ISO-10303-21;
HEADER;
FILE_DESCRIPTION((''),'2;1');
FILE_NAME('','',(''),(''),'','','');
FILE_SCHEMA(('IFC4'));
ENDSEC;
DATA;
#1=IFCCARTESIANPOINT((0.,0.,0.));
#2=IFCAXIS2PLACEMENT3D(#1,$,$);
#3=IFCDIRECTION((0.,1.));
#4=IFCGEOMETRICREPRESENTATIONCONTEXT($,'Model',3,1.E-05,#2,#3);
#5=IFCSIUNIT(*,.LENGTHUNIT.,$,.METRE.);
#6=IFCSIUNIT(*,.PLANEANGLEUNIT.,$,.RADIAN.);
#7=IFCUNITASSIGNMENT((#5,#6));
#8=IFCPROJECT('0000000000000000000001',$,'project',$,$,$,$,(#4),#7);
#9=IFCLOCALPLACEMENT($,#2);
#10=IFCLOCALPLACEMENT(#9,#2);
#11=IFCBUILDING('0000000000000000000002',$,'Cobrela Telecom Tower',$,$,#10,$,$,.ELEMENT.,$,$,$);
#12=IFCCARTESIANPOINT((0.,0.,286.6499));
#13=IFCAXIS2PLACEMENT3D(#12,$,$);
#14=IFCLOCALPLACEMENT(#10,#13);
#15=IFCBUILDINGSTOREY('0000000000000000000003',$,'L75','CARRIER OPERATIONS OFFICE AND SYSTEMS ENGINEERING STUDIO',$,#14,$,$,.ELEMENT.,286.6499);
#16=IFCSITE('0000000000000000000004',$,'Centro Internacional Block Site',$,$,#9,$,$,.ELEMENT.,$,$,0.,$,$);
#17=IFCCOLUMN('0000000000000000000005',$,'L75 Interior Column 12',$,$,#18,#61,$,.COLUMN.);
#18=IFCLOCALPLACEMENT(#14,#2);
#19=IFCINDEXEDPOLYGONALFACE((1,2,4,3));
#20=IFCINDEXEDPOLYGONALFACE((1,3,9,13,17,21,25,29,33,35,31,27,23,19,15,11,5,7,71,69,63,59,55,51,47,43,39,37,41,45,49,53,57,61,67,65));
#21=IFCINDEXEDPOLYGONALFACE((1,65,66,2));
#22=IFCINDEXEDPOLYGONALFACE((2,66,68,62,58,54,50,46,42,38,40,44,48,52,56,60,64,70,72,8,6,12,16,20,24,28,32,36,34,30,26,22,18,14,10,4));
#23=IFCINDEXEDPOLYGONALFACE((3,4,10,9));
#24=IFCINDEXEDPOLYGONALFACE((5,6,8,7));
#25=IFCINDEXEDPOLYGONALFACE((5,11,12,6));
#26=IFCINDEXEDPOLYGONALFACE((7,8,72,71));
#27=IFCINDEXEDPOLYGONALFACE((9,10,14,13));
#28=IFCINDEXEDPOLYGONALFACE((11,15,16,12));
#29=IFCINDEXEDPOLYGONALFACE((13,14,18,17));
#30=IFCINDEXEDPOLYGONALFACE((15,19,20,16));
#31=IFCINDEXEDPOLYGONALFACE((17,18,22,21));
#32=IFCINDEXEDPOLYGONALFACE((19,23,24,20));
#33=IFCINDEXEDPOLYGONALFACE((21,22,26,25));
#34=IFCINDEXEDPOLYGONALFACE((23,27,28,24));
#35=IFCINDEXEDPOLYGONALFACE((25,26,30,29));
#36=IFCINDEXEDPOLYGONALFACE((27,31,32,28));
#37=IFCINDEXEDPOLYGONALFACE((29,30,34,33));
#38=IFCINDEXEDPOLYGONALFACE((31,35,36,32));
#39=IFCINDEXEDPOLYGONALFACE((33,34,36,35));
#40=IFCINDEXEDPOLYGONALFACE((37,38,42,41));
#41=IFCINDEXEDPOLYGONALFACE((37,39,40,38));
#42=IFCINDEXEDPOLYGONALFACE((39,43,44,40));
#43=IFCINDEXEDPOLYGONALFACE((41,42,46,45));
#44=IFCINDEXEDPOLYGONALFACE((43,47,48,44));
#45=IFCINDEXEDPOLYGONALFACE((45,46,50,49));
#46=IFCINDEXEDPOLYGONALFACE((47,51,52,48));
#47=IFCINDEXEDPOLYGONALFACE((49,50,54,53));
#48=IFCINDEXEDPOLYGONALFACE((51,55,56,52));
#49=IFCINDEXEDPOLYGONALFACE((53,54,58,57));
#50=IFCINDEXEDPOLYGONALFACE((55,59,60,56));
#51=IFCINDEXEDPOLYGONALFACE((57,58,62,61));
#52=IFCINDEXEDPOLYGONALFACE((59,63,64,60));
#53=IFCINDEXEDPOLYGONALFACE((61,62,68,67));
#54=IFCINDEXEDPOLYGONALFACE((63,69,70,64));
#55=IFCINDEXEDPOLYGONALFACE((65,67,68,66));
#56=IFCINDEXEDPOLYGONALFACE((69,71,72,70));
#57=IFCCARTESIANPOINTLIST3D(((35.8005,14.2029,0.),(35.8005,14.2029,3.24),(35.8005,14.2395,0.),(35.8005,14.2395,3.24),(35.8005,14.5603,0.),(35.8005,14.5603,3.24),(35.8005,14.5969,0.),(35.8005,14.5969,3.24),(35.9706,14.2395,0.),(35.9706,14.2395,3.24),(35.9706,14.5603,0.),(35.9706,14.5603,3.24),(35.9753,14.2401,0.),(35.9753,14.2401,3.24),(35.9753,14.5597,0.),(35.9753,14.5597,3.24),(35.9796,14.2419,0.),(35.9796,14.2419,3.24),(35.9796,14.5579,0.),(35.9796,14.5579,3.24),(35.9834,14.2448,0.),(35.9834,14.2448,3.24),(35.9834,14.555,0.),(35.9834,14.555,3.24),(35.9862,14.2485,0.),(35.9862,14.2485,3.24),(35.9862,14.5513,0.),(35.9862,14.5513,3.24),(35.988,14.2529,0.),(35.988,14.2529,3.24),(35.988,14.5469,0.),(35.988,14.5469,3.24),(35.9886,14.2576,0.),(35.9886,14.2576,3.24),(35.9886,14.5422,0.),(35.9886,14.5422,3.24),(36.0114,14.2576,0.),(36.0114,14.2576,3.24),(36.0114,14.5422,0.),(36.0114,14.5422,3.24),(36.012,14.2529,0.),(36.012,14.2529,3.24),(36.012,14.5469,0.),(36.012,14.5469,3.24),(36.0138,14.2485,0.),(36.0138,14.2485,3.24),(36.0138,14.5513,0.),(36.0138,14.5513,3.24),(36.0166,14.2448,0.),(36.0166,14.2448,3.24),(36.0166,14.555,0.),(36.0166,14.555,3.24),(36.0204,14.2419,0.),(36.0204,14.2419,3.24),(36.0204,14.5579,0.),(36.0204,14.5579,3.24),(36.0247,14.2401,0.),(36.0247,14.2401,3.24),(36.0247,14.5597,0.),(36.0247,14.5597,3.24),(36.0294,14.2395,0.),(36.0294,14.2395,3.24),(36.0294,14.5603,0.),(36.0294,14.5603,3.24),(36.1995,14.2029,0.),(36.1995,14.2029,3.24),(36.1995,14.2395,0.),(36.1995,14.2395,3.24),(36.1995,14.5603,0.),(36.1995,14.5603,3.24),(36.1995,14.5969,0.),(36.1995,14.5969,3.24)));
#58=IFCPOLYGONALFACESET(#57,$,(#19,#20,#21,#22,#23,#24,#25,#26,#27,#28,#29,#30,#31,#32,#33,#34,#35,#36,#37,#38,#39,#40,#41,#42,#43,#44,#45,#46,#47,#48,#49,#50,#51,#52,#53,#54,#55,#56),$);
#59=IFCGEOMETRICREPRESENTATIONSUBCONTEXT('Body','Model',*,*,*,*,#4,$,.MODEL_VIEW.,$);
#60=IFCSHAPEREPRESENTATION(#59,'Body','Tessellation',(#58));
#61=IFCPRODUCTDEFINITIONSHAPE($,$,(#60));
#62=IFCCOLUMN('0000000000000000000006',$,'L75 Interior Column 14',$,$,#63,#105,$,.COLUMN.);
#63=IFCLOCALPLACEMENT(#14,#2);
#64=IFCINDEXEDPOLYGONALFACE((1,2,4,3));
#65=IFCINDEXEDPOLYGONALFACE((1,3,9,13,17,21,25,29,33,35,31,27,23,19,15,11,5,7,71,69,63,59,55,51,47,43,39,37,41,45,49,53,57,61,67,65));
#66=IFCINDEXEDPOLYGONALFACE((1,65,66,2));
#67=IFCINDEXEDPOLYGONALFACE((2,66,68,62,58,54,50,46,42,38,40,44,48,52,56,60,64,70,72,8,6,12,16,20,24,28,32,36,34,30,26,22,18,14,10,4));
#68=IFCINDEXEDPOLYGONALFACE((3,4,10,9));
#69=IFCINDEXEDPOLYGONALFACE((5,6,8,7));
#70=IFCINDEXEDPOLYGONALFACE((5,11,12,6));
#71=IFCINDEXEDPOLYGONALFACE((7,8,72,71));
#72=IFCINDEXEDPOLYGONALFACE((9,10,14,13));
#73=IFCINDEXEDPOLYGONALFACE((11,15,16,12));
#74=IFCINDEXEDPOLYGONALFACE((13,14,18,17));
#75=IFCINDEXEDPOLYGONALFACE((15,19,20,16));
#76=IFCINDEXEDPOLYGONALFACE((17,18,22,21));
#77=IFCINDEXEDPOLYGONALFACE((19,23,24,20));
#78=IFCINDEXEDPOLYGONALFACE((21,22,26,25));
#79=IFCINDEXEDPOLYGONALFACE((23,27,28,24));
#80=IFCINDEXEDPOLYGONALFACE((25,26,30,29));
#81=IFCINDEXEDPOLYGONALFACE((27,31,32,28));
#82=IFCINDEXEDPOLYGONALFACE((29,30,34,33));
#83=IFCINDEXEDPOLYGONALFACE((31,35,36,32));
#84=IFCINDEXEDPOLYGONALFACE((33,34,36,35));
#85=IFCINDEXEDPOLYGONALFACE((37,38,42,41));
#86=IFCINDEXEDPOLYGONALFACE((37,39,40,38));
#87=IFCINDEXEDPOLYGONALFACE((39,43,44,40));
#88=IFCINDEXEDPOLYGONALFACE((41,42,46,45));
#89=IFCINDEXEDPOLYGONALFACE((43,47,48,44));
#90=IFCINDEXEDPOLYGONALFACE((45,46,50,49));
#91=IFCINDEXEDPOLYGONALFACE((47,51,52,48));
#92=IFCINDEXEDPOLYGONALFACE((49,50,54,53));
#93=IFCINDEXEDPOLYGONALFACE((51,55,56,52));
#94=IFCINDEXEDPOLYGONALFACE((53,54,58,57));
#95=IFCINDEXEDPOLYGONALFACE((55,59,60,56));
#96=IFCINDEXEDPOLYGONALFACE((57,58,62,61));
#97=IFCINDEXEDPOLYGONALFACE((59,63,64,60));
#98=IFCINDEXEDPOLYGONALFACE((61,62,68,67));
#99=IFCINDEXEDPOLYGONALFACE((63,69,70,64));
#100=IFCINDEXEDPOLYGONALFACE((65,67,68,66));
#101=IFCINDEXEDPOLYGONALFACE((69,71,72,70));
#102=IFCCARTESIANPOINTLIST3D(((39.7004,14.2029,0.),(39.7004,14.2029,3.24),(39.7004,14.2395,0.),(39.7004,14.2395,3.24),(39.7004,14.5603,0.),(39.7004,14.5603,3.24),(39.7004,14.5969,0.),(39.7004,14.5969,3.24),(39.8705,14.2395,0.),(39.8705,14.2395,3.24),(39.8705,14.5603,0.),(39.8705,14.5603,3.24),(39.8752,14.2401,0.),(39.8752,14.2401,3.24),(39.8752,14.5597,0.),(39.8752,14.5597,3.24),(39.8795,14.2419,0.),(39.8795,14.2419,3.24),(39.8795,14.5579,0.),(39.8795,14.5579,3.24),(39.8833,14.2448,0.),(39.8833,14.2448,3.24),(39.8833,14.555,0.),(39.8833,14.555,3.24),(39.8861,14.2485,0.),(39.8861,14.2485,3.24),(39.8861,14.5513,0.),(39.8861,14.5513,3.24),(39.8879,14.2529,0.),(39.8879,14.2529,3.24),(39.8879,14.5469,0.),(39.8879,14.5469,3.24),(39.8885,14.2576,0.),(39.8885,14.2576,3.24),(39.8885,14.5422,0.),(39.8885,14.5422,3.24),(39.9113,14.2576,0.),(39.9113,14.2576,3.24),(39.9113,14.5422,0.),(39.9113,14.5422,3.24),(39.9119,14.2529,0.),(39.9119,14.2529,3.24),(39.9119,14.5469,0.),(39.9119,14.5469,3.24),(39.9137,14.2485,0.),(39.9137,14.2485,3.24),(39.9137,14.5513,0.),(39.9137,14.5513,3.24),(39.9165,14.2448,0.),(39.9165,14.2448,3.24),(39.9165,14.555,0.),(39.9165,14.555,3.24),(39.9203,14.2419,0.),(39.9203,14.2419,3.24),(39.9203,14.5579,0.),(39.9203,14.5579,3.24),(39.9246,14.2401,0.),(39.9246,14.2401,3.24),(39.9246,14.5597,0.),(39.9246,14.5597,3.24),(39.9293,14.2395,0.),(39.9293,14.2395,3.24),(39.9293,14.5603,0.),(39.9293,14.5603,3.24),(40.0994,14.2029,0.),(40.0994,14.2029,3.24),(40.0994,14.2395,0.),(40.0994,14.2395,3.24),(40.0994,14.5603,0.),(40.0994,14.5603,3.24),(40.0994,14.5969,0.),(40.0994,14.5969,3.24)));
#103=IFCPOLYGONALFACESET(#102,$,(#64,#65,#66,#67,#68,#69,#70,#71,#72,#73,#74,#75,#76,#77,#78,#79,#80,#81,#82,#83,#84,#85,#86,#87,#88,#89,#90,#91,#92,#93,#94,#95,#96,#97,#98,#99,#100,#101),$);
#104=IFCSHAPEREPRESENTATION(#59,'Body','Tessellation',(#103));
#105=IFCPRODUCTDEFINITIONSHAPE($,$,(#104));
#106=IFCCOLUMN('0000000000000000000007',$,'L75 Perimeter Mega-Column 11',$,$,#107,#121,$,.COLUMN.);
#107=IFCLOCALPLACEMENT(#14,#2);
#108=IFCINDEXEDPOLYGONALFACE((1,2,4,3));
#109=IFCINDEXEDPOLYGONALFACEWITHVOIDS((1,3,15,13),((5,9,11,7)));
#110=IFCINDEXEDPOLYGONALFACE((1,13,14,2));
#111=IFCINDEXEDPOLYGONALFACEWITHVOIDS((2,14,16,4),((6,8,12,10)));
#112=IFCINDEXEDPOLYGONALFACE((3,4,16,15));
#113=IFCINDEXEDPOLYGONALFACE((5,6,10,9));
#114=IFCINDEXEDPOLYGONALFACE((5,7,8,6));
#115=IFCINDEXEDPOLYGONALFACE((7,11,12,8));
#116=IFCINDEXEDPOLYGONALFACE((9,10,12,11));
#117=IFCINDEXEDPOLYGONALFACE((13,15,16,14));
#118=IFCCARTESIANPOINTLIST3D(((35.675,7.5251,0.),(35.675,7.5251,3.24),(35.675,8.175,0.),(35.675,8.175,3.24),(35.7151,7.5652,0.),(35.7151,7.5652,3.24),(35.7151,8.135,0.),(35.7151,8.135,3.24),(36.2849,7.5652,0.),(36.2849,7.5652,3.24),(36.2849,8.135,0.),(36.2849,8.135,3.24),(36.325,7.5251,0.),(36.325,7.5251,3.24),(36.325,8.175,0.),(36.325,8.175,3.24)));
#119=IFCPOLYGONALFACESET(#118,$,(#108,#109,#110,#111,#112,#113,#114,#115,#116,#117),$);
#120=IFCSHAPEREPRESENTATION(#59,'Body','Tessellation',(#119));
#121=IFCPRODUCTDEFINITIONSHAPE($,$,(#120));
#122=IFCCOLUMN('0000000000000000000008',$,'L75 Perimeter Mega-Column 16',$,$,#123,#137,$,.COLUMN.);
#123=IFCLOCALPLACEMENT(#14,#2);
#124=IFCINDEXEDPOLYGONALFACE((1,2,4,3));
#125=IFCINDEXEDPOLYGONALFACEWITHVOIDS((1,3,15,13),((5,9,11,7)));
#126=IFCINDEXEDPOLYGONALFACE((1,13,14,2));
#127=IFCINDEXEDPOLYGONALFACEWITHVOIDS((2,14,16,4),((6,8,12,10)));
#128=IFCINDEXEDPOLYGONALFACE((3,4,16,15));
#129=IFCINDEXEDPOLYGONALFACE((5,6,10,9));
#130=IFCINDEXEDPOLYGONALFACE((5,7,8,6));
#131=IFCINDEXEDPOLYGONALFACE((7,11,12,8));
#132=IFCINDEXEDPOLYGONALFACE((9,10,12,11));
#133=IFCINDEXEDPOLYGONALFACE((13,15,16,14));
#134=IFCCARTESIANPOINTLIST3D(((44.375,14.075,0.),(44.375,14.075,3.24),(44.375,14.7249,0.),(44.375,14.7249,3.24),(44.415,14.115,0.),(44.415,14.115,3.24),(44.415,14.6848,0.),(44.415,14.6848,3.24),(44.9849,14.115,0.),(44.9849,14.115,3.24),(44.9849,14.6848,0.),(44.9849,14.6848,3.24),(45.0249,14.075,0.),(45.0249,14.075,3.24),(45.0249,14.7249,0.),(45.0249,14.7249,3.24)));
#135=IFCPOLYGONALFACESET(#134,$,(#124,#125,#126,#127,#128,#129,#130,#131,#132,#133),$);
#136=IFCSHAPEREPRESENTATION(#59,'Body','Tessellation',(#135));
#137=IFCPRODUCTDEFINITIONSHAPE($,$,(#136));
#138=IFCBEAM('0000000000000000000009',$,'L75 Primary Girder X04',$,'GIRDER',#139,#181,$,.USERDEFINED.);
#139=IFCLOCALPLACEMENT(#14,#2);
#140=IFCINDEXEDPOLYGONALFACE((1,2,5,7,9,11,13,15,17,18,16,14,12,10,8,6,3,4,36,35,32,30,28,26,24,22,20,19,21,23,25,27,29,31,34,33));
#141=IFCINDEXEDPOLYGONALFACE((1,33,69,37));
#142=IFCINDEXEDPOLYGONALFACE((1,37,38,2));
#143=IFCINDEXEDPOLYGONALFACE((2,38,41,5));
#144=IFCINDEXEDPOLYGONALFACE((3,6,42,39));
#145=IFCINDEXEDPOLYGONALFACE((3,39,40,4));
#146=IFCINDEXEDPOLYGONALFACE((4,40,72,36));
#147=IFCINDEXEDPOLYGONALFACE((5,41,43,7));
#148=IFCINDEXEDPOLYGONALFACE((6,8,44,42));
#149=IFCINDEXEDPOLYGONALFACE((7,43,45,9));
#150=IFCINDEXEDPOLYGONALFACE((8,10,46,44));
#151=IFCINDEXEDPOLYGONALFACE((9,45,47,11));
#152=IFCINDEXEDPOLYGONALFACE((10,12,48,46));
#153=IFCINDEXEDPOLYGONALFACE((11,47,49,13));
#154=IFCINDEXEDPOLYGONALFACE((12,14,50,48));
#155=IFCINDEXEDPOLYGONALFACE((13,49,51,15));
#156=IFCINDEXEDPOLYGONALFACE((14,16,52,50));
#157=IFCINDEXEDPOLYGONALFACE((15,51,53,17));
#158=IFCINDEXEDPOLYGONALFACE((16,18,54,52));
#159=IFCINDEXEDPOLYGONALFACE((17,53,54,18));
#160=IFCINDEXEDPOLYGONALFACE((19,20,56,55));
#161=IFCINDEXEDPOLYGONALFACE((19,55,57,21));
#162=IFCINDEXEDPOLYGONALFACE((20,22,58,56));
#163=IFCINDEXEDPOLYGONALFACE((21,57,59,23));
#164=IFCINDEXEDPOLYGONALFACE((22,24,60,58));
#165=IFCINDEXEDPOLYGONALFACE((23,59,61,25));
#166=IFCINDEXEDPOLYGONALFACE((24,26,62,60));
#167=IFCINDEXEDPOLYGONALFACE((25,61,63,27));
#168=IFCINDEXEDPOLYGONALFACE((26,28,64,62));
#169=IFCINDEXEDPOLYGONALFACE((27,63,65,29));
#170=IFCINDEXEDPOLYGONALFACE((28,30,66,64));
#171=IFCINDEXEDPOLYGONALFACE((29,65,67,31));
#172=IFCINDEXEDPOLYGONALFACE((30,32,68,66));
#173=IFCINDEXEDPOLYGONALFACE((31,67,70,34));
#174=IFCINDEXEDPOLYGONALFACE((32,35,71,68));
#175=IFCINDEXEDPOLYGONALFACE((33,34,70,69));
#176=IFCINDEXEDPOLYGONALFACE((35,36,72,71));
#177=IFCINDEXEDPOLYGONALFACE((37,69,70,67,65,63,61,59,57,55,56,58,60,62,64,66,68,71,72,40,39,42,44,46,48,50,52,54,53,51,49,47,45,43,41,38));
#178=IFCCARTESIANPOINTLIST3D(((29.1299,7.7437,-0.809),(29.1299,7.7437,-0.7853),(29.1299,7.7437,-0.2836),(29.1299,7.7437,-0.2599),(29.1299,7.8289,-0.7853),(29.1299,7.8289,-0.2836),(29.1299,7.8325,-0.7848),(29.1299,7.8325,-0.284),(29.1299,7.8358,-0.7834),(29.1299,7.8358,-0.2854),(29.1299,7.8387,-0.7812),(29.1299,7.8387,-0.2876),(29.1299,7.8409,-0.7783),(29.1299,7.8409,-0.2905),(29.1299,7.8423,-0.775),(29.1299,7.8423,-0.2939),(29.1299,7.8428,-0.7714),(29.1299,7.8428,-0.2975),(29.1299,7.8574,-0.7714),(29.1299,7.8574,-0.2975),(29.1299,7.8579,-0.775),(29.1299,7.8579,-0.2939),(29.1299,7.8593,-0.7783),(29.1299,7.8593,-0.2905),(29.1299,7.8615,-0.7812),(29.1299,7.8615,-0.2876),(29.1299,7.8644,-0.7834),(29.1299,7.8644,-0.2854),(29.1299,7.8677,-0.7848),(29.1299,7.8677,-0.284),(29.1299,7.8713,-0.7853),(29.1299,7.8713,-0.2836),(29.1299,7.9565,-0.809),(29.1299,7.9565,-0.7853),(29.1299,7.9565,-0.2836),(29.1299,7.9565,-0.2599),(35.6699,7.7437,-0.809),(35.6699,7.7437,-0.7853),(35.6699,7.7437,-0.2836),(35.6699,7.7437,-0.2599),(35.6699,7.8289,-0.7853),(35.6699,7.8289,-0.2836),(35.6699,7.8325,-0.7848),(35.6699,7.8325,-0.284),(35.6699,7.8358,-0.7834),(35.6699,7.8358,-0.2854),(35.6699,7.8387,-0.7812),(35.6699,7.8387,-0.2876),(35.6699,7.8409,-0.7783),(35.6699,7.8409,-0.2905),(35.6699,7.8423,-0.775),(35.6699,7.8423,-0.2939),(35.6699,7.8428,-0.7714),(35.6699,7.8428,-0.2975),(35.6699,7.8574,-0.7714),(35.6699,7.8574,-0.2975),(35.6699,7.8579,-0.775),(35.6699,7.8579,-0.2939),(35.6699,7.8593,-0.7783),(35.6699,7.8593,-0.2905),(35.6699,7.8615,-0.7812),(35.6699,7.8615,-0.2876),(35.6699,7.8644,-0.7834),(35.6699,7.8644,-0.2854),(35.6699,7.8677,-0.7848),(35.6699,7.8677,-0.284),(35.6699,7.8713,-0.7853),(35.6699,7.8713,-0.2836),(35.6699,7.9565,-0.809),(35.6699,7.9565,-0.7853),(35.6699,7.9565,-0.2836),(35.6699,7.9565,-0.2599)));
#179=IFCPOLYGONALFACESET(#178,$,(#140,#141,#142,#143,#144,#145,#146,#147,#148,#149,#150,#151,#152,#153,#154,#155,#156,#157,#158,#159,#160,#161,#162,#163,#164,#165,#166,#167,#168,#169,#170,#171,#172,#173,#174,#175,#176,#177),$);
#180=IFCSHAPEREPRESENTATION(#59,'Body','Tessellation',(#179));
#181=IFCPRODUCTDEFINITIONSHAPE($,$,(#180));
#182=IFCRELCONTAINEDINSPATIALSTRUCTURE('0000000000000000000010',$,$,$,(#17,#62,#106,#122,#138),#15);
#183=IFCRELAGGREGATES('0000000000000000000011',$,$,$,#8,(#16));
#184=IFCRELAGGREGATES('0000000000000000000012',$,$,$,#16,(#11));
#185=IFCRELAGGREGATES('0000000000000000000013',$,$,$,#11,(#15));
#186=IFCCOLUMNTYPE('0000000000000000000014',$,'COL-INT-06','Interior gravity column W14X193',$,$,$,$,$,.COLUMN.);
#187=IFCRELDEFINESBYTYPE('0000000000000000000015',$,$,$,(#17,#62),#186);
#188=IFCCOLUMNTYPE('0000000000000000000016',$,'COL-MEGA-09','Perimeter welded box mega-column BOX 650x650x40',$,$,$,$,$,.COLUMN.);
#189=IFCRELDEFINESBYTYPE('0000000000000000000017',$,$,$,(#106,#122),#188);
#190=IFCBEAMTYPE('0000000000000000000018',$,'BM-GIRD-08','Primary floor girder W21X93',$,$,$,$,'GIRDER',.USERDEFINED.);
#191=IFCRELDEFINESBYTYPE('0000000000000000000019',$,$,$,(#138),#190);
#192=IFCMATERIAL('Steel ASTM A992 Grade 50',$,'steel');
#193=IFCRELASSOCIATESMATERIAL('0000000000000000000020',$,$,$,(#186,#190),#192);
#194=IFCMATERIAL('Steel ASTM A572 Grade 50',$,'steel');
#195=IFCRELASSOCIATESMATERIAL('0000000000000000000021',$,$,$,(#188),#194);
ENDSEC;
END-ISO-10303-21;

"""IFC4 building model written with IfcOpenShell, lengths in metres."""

from ifc_helpers import new_model, si_unit, direction, frame, origin, origin_2d, place, context, subcontext, project, spatial, hollow_rectangle, i_section, extrude, material, material_profile, profile_set, type_object, element, save


model = new_model("IFC4")

# Units and contexts
model_context = context("Model", 3, precision=1e-05, world=origin(), true_north=direction((0.0, 1.0)))
body_context = subcontext(model_context, "Body", "Model", "MODEL_VIEW")
ifc_project = project(units=[si_unit("LENGTHUNIT", "METRE"), si_unit("PLANEANGLEUNIT", "RADIAN")], contexts=[model_context])

# Site, building, storey
site_placement = place(None, origin())
site = spatial("IfcSite", under=ifc_project, at=site_placement, Name="Centro Internacional Block Site", CompositionType="ELEMENT", RefElevation=0.0)
building_placement = place(site_placement, origin())
building = spatial("IfcBuilding", under=site, at=building_placement, Name="Cobrela Telecom Tower", CompositionType="ELEMENT")
storey_placement = place(building_placement, frame((0.0, 0.0, 286.6499)))
storey = spatial("IfcBuildingStorey", under=building, at=storey_placement, Name="L75", Description="CARRIER OPERATIONS OFFICE AND SYSTEMS ENGINEERING STUDIO", CompositionType="ELEMENT", Elevation=286.6499)

# Columns
ifc_material_1 = material(Name="Steel ASTM A992 Grade 50", Category="steel")
ifc_material_profile_1 = material_profile(ifc_material_1, i_section(OverallWidth=0.3989, OverallDepth=0.394, WebThickness=0.0227, FlangeThickness=0.0366, FilletRadius=0.0181, at=origin_2d()), Name="W14X193")
ifc_profile_set_1 = profile_set([ifc_material_profile_1], Name="Steel ASTM A992 Grade 50")
column_type_1 = type_object("IfcColumnType", Name="COL-INT-06", Description="Interior gravity column W14X193", PredefinedType="COLUMN", material=ifc_profile_set_1)
for number, where, z_axis, x_axis, name in (
    (1, (36.0, 14.3999, 0.0), (0.0, 0.0, 1.0), (1.0, 0.0, 0.0), "L75 Interior Column 12"),
    (2, (39.8999, 14.3999, 0.0), (0.0, 0.0, 1.0), (1.0, 0.0, 0.0), "L75 Interior Column 14"),
):
    element("IfcColumn", number, at=place(storey_placement, frame(where, z_axis=z_axis, x_axis=x_axis)), inside=storey, type_object=column_type_1, Name=name, PredefinedType="COLUMN", context=body_context, shape_type="SweptSolid", body=[
        extrude(i_section(OverallWidth=0.3989, OverallDepth=0.394, WebThickness=0.0227, FlangeThickness=0.0366, FilletRadius=0.0181, at=origin_2d()), origin(), (0.0, 0.0, 1.0), 3.24),
    ])
ifc_material_2 = material(Name="Steel ASTM A572 Grade 50", Category="steel")
ifc_material_profile_2 = material_profile(ifc_material_2, hollow_rectangle(XDim=0.6499, YDim=0.6499, WallThickness=0.04, at=origin_2d()), Name="BOX 650x650x40")
ifc_profile_set_2 = profile_set([ifc_material_profile_2], Name="Steel ASTM A572 Grade 50")
column_type_2 = type_object("IfcColumnType", Name="COL-MEGA-09", Description="Perimeter welded box mega-column BOX 650x650x40", PredefinedType="COLUMN", material=ifc_profile_set_2)
for number, where, z_axis, x_axis, name in (
    (3, (36.0, 7.8501, 0.0), (0.0, 0.0, 1.0), (1.0, 0.0, 0.0), "L75 Perimeter Mega-Column 11"),
    (4, (44.7, 14.3999, 0.0), (0.0, 0.0, 1.0), (1.0, 0.0, 0.0), "L75 Perimeter Mega-Column 16"),
):
    element("IfcColumn", number, at=place(storey_placement, frame(where, z_axis=z_axis, x_axis=x_axis)), inside=storey, type_object=column_type_2, Name=name, PredefinedType="COLUMN", context=body_context, shape_type="SweptSolid", body=[
        extrude(hollow_rectangle(XDim=0.6499, YDim=0.6499, WallThickness=0.04, at=origin_2d()), origin(), (0.0, 0.0, 1.0), 3.24),
    ])

# Beam
ifc_material_profile_3 = material_profile(ifc_material_1, i_section(OverallWidth=0.2129, OverallDepth=0.5491, WebThickness=0.0146, FlangeThickness=0.0237, FilletRadius=0.0139, at=origin_2d()), Name="W21X93")
ifc_profile_set_3 = profile_set([ifc_material_profile_3], Name="Steel ASTM A992 Grade 50")
beam_type_1 = type_object("IfcBeamType", Name="BM-GIRD-08", Description="Primary floor girder W21X93", ElementType="GIRDER", PredefinedType="USERDEFINED", material=ifc_profile_set_3)
beam_1_placement = place(storey_placement, frame((29.1299, 7.8501, -0.5344), z_axis=(1.0, 0.0, 0.0), x_axis=(0.0, 1.0, 0.0)))
element("IfcBeam", 5, at=beam_1_placement, inside=storey, type_object=beam_type_1, Name="L75 Primary Girder X04", ObjectType="GIRDER", PredefinedType="USERDEFINED", context=body_context, shape_type="SweptSolid", body=[
    extrude(i_section(OverallWidth=0.2129, OverallDepth=0.5491, WebThickness=0.0146, FlangeThickness=0.0237, FilletRadius=0.0139, at=origin_2d()), origin(), (0.0, 0.0, 1.0), 6.54),
])

save(model, "model.ifc")
